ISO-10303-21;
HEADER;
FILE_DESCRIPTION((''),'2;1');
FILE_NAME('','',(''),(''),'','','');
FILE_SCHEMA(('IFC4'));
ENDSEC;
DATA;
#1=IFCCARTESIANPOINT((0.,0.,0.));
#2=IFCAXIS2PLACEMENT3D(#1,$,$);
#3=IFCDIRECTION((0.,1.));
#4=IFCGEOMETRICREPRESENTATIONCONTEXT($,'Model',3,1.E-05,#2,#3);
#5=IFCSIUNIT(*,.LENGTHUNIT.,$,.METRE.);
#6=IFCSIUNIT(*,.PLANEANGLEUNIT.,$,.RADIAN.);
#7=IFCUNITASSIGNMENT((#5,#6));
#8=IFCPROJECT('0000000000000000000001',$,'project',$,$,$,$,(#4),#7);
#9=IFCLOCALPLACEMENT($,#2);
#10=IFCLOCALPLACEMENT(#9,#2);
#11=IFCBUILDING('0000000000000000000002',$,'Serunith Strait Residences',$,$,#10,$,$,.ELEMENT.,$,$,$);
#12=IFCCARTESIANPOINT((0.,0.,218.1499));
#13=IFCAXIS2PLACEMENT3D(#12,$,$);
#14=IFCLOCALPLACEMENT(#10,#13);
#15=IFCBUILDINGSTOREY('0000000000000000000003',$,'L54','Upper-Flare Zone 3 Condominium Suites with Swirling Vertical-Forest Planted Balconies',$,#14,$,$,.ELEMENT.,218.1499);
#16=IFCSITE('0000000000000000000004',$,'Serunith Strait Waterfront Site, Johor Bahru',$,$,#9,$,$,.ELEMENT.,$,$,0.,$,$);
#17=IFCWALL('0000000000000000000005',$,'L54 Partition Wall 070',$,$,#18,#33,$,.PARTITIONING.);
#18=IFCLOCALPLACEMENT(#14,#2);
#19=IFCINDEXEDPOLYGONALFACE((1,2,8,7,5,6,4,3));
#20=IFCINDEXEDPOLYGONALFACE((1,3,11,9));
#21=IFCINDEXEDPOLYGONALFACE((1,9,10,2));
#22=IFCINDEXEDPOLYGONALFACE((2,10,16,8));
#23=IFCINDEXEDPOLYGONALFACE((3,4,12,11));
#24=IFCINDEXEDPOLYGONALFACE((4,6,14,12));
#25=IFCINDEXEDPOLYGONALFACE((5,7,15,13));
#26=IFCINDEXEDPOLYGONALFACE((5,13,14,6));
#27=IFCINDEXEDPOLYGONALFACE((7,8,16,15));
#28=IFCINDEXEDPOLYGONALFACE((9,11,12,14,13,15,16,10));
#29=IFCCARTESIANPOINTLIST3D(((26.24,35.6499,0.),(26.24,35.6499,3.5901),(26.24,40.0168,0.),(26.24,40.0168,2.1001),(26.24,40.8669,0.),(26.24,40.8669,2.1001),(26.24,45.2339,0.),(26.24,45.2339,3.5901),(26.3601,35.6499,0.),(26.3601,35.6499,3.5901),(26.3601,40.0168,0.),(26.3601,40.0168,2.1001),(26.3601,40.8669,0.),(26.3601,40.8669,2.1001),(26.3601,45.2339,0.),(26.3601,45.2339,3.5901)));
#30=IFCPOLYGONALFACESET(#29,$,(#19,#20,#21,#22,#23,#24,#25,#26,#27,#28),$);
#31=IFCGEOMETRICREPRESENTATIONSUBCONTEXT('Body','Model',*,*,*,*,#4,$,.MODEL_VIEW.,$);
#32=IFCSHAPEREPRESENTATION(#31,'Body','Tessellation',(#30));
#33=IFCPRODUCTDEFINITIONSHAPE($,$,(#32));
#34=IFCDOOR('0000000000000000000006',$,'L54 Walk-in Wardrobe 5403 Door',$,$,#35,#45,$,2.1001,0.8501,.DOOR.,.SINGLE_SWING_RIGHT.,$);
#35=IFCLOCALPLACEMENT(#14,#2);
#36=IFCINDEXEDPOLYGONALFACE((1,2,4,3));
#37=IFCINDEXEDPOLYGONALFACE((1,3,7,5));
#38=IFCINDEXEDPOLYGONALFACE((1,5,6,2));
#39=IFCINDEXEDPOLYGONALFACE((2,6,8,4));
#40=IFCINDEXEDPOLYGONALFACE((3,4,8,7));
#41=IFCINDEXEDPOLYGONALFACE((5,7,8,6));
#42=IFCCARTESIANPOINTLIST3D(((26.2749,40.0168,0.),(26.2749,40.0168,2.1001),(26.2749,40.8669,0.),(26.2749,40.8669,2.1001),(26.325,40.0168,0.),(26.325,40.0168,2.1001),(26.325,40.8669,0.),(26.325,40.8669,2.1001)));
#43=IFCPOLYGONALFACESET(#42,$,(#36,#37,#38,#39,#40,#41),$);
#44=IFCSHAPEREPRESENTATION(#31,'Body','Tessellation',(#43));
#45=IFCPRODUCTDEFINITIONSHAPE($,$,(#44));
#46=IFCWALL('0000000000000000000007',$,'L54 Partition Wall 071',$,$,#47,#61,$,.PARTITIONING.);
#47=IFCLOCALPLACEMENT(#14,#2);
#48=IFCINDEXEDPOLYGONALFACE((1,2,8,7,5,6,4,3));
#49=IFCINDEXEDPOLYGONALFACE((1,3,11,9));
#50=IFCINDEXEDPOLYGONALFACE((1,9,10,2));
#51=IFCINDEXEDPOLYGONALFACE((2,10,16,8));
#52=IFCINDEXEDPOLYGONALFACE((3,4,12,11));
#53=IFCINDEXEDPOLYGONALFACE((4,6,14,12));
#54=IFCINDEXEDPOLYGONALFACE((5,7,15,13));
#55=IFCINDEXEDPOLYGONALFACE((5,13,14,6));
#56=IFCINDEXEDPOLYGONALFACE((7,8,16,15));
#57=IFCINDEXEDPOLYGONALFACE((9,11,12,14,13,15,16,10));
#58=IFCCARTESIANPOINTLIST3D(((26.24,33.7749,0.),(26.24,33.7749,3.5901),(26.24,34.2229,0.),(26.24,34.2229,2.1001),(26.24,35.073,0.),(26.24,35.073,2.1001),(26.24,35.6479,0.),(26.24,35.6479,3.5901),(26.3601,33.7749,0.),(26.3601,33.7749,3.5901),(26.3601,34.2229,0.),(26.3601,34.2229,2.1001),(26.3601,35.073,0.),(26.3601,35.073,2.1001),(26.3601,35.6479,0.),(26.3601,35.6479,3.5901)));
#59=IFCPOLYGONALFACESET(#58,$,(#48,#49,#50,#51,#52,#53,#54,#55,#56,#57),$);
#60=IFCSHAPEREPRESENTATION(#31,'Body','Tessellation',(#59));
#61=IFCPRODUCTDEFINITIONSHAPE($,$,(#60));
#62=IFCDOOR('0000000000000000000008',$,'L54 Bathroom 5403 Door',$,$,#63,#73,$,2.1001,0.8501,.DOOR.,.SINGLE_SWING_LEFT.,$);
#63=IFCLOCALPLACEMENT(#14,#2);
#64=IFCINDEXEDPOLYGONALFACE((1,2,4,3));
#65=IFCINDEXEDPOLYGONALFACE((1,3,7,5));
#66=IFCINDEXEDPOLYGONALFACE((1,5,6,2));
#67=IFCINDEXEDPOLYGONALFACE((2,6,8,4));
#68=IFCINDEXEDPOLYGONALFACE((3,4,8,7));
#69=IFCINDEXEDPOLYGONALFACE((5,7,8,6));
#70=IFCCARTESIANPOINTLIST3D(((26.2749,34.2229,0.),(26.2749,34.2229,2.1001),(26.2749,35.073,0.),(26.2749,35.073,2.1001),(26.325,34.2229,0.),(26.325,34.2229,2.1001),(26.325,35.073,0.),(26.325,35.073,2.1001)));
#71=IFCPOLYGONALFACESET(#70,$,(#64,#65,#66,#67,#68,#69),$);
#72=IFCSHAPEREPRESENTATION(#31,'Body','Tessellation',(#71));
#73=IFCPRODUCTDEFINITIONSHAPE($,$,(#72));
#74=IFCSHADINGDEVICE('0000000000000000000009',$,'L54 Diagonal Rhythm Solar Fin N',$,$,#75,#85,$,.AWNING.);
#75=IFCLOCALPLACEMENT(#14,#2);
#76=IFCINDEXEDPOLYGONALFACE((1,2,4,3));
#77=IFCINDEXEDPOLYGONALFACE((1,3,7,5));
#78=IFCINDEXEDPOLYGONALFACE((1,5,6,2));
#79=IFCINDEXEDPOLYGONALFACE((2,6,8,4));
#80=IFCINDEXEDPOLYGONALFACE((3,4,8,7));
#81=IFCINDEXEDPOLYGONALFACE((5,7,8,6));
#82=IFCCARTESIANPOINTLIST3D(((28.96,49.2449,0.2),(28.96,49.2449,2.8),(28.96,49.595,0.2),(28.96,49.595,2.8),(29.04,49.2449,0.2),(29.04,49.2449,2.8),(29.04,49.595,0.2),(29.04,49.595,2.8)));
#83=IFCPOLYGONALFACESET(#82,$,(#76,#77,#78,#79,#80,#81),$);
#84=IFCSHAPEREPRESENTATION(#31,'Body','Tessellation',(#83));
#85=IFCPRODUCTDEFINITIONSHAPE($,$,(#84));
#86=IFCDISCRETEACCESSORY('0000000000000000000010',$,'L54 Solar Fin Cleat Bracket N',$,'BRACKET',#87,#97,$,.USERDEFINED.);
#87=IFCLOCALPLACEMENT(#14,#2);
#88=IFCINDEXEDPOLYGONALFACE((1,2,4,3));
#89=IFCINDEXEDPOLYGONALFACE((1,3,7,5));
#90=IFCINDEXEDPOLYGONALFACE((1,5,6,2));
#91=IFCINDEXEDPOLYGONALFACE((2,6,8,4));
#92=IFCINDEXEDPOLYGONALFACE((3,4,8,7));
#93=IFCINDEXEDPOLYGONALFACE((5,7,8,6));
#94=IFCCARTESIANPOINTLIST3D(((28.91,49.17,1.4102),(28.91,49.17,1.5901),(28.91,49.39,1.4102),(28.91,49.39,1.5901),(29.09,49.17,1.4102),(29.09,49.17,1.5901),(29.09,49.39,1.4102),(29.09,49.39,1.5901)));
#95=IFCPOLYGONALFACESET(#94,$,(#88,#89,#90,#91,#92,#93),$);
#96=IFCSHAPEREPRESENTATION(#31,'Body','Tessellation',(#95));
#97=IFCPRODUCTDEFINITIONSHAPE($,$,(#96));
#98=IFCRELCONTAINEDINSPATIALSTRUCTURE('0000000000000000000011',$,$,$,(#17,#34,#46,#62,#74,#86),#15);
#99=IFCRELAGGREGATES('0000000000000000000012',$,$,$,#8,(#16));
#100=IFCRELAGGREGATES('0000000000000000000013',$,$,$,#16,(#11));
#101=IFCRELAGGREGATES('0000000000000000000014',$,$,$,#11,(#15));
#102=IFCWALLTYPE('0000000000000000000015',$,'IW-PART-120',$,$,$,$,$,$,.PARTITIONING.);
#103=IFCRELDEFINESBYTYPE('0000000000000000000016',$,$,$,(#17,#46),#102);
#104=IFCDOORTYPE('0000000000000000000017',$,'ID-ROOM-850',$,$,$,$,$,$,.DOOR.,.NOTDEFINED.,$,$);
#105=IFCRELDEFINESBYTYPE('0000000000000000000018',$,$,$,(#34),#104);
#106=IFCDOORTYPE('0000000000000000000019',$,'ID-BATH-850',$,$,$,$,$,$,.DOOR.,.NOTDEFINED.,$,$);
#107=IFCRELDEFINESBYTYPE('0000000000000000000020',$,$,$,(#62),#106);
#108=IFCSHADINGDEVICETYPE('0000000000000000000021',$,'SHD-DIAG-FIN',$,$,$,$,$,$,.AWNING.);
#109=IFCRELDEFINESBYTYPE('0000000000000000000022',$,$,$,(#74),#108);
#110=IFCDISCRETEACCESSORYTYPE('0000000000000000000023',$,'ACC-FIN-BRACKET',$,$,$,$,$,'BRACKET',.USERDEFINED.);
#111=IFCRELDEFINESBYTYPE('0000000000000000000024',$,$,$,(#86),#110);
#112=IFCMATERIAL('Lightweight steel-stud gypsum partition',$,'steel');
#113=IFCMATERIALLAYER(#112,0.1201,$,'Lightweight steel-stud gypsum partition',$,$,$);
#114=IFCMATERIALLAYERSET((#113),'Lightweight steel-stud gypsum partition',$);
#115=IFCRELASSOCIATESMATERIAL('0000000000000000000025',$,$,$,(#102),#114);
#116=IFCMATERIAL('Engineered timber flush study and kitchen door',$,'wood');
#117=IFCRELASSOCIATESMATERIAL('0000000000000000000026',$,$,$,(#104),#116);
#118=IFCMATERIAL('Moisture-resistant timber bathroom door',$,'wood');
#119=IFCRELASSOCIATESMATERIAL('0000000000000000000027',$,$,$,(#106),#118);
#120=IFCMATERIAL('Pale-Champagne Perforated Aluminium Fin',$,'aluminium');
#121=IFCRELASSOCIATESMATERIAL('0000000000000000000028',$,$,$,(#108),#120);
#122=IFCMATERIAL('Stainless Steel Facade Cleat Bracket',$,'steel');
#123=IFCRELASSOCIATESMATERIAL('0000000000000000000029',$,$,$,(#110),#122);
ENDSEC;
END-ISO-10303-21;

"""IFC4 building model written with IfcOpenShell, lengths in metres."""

from ifc_helpers import new_model, si_unit, direction, frame, frame_2d, origin, origin_2d, place, context, subcontext, project, spatial, rectangle, extrude, source, transform, mapped, material, layer, layer_set, type_object, element, fill, save


model = new_model("IFC4")

# Units and contexts
model_context = context("Model", 3, precision=1e-05, world=origin(), true_north=direction((0.0, 1.0)))
body_context = subcontext(model_context, "Body", "Model", "MODEL_VIEW")
ifc_project = project(units=[si_unit("LENGTHUNIT", "METRE"), si_unit("PLANEANGLEUNIT", "RADIAN")], contexts=[model_context])

# Site, building, storey
site_placement = place(None, origin())
site = spatial("IfcSite", under=ifc_project, at=site_placement, Name="Serunith Strait Waterfront Site, Johor Bahru", CompositionType="ELEMENT", RefElevation=0.0)
building_placement = place(site_placement, origin())
building = spatial("IfcBuilding", under=site, at=building_placement, Name="Serunith Strait Residences", CompositionType="ELEMENT")
storey_placement = place(building_placement, frame((0.0, 0.0, 218.1499)))
storey = spatial("IfcBuildingStorey", under=building, at=storey_placement, Name="L54", Description="Upper-Flare Zone 3 Condominium Suites with Swirling Vertical-Forest Planted Balconies", CompositionType="ELEMENT", Elevation=218.1499)

# Shared definitions
ifc_material_1 = material(Name="Lightweight steel-stud gypsum partition", Category="steel")
ifc_layer_1 = layer(ifc_material_1, 0.1201, Name="Lightweight steel-stud gypsum partition")
ifc_layer_set_1 = layer_set([ifc_layer_1], Name="Lightweight steel-stud gypsum partition")
wall_type = type_object("IfcWallType", Name="IW-PART-120", PredefinedType="PARTITIONING", material=ifc_layer_set_1)

# Walls, openings, doors
wall_1_placement = place(storey_placement, frame((26.3, 45.2339, 0.0), z_axis=(0.0, 0.0, 1.0), x_axis=(0.0, -1.0, 0.0)))
wall_1 = element("IfcWall", 1, at=wall_1_placement, inside=storey, type_object=wall_type, Name="L54 Partition Wall 070", PredefinedType="PARTITIONING", context=body_context, shape_type="SweptSolid", body=[
    extrude(rectangle(XDim=9.584, YDim=0.1201, at=frame_2d((4.792, 0.0))), origin(), (0.0, 0.0, 1.0), 3.5901),
])
opening_1_placement = place(wall_1_placement, frame((4.3669, 0.0, 0.0)))
opening_1 = element("IfcOpeningElement", 2, at=opening_1_placement, cuts=wall_1, PredefinedType="OPENING", context=body_context, shape_type="SweptSolid", body=[
    extrude(rectangle(XDim=0.8501, YDim=2.1001, at=frame_2d((0.425, 1.05))), frame((0.0, 0.0701, 0.0), z_axis=(0.0, -1.0, 0.0), x_axis=(1.0, 0.0, 0.0)), (0.0, 0.0, 1.0), 0.1401),
])
ifc_material_2 = material(Name="Engineered timber flush study and kitchen door", Category="wood")
door_type_1 = type_object("IfcDoorType", Name="ID-ROOM-850", OperationType="NOTDEFINED", PredefinedType="DOOR", material=ifc_material_2)
shared_shape_1 = source(origin(), body_context, "Body", "SweptSolid", [
    extrude(rectangle(XDim=0.8501, YDim=2.1001, at=frame_2d((0.425, 1.05))), frame((0.0, 0.0249, 0.0), z_axis=(0.0, -1.0, 0.0), x_axis=(1.0, 0.0, 0.0)), (0.0, 0.0, 1.0), 0.05),
])
door_1_placement = place(opening_1_placement, origin())
door_1 = element("IfcDoor", 3, at=door_1_placement, inside=storey, type_object=door_type_1, Name="L54 Walk-in Wardrobe 5403 Door", OperationType="SINGLE_SWING_RIGHT", OverallHeight=2.1001, OverallWidth=0.8501, PredefinedType="DOOR", context=body_context, shape_type="MappedRepresentation", body=[
    mapped(shared_shape_1, transform((0.0, 0.0, 0.0), scale=1.0)),
])
fill(opening_1, door_1)
wall_2_placement = place(storey_placement, frame((26.3, 35.6479, 0.0), z_axis=(0.0, 0.0, 1.0), x_axis=(0.0, -1.0, 0.0)))
wall_2 = element("IfcWall", 4, at=wall_2_placement, inside=storey, type_object=wall_type, Name="L54 Partition Wall 071", PredefinedType="PARTITIONING", context=body_context, shape_type="SweptSolid", body=[
    extrude(rectangle(XDim=1.873, YDim=0.1201, at=frame_2d((0.9365, 0.0))), origin(), (0.0, 0.0, 1.0), 3.5901),
])
opening_2_placement = place(wall_2_placement, frame((0.575, 0.0, 0.0)))
opening_2 = element("IfcOpeningElement", 5, at=opening_2_placement, cuts=wall_2, PredefinedType="OPENING", context=body_context, shape_type="SweptSolid", body=[
    extrude(rectangle(XDim=0.8501, YDim=2.1001, at=frame_2d((0.425, 1.05))), frame((0.0, 0.0701, 0.0), z_axis=(0.0, -1.0, 0.0), x_axis=(1.0, 0.0, 0.0)), (0.0, 0.0, 1.0), 0.1401),
])
ifc_material_3 = material(Name="Moisture-resistant timber bathroom door", Category="wood")
door_type_2 = type_object("IfcDoorType", Name="ID-BATH-850", OperationType="NOTDEFINED", PredefinedType="DOOR", material=ifc_material_3)
door_2_placement = place(opening_2_placement, origin())
door_2 = element("IfcDoor", 6, at=door_2_placement, inside=storey, type_object=door_type_2, Name="L54 Bathroom 5403 Door", OperationType="SINGLE_SWING_LEFT", OverallHeight=2.1001, OverallWidth=0.8501, PredefinedType="DOOR", context=body_context, shape_type="MappedRepresentation", body=[
    mapped(shared_shape_1, transform((0.0, 0.0, 0.0), scale=1.0)),
])
fill(opening_2, door_2)

# Shading device
ifc_material_4 = material(Name="Pale-Champagne Perforated Aluminium Fin", Category="aluminium")
shading_device_type = type_object("IfcShadingDeviceType", Name="SHD-DIAG-FIN", PredefinedType="AWNING", material=ifc_material_4)
shared_shape_2 = source(origin(), body_context, "Body", "SweptSolid", [
    extrude(rectangle(XDim=0.0801, YDim=0.3501, at=origin_2d()), origin(), (0.0, 0.0, 1.0), 2.6001),
])
shading_device_placement = place(storey_placement, frame((29.0, 49.4199, 0.2), z_axis=(0.0, 0.0, 1.0), x_axis=(1.0, 0.0, 0.0)))
element("IfcShadingDevice", 7, at=shading_device_placement, inside=storey, type_object=shading_device_type, Name="L54 Diagonal Rhythm Solar Fin N", PredefinedType="AWNING", context=body_context, shape_type="MappedRepresentation", body=[
    mapped(shared_shape_2, transform((0.0, 0.0, 0.0), scale=1.0)),
])

# Discrete accessory
ifc_material_5 = material(Name="Stainless Steel Facade Cleat Bracket", Category="steel")
discrete_accessory_type = type_object("IfcDiscreteAccessoryType", Name="ACC-FIN-BRACKET", ElementType="BRACKET", PredefinedType="USERDEFINED", material=ifc_material_5)
shared_shape_3 = source(origin(), body_context, "Body", "SweptSolid", [
    extrude(rectangle(XDim=0.1799, YDim=0.22, at=origin_2d()), origin(), (0.0, 0.0, 1.0), 0.1799),
])
discrete_accessory_placement = place(storey_placement, frame((29.0, 49.28, 1.4102), z_axis=(0.0, 0.0, 1.0), x_axis=(1.0, 0.0, 0.0)))
element("IfcDiscreteAccessory", 8, at=discrete_accessory_placement, inside=storey, type_object=discrete_accessory_type, Name="L54 Solar Fin Cleat Bracket N", ObjectType="BRACKET", PredefinedType="USERDEFINED", context=body_context, shape_type="MappedRepresentation", body=[
    mapped(shared_shape_3, transform((0.0, 0.0, 0.0), scale=1.0)),
])

save(model, "model.ifc")
